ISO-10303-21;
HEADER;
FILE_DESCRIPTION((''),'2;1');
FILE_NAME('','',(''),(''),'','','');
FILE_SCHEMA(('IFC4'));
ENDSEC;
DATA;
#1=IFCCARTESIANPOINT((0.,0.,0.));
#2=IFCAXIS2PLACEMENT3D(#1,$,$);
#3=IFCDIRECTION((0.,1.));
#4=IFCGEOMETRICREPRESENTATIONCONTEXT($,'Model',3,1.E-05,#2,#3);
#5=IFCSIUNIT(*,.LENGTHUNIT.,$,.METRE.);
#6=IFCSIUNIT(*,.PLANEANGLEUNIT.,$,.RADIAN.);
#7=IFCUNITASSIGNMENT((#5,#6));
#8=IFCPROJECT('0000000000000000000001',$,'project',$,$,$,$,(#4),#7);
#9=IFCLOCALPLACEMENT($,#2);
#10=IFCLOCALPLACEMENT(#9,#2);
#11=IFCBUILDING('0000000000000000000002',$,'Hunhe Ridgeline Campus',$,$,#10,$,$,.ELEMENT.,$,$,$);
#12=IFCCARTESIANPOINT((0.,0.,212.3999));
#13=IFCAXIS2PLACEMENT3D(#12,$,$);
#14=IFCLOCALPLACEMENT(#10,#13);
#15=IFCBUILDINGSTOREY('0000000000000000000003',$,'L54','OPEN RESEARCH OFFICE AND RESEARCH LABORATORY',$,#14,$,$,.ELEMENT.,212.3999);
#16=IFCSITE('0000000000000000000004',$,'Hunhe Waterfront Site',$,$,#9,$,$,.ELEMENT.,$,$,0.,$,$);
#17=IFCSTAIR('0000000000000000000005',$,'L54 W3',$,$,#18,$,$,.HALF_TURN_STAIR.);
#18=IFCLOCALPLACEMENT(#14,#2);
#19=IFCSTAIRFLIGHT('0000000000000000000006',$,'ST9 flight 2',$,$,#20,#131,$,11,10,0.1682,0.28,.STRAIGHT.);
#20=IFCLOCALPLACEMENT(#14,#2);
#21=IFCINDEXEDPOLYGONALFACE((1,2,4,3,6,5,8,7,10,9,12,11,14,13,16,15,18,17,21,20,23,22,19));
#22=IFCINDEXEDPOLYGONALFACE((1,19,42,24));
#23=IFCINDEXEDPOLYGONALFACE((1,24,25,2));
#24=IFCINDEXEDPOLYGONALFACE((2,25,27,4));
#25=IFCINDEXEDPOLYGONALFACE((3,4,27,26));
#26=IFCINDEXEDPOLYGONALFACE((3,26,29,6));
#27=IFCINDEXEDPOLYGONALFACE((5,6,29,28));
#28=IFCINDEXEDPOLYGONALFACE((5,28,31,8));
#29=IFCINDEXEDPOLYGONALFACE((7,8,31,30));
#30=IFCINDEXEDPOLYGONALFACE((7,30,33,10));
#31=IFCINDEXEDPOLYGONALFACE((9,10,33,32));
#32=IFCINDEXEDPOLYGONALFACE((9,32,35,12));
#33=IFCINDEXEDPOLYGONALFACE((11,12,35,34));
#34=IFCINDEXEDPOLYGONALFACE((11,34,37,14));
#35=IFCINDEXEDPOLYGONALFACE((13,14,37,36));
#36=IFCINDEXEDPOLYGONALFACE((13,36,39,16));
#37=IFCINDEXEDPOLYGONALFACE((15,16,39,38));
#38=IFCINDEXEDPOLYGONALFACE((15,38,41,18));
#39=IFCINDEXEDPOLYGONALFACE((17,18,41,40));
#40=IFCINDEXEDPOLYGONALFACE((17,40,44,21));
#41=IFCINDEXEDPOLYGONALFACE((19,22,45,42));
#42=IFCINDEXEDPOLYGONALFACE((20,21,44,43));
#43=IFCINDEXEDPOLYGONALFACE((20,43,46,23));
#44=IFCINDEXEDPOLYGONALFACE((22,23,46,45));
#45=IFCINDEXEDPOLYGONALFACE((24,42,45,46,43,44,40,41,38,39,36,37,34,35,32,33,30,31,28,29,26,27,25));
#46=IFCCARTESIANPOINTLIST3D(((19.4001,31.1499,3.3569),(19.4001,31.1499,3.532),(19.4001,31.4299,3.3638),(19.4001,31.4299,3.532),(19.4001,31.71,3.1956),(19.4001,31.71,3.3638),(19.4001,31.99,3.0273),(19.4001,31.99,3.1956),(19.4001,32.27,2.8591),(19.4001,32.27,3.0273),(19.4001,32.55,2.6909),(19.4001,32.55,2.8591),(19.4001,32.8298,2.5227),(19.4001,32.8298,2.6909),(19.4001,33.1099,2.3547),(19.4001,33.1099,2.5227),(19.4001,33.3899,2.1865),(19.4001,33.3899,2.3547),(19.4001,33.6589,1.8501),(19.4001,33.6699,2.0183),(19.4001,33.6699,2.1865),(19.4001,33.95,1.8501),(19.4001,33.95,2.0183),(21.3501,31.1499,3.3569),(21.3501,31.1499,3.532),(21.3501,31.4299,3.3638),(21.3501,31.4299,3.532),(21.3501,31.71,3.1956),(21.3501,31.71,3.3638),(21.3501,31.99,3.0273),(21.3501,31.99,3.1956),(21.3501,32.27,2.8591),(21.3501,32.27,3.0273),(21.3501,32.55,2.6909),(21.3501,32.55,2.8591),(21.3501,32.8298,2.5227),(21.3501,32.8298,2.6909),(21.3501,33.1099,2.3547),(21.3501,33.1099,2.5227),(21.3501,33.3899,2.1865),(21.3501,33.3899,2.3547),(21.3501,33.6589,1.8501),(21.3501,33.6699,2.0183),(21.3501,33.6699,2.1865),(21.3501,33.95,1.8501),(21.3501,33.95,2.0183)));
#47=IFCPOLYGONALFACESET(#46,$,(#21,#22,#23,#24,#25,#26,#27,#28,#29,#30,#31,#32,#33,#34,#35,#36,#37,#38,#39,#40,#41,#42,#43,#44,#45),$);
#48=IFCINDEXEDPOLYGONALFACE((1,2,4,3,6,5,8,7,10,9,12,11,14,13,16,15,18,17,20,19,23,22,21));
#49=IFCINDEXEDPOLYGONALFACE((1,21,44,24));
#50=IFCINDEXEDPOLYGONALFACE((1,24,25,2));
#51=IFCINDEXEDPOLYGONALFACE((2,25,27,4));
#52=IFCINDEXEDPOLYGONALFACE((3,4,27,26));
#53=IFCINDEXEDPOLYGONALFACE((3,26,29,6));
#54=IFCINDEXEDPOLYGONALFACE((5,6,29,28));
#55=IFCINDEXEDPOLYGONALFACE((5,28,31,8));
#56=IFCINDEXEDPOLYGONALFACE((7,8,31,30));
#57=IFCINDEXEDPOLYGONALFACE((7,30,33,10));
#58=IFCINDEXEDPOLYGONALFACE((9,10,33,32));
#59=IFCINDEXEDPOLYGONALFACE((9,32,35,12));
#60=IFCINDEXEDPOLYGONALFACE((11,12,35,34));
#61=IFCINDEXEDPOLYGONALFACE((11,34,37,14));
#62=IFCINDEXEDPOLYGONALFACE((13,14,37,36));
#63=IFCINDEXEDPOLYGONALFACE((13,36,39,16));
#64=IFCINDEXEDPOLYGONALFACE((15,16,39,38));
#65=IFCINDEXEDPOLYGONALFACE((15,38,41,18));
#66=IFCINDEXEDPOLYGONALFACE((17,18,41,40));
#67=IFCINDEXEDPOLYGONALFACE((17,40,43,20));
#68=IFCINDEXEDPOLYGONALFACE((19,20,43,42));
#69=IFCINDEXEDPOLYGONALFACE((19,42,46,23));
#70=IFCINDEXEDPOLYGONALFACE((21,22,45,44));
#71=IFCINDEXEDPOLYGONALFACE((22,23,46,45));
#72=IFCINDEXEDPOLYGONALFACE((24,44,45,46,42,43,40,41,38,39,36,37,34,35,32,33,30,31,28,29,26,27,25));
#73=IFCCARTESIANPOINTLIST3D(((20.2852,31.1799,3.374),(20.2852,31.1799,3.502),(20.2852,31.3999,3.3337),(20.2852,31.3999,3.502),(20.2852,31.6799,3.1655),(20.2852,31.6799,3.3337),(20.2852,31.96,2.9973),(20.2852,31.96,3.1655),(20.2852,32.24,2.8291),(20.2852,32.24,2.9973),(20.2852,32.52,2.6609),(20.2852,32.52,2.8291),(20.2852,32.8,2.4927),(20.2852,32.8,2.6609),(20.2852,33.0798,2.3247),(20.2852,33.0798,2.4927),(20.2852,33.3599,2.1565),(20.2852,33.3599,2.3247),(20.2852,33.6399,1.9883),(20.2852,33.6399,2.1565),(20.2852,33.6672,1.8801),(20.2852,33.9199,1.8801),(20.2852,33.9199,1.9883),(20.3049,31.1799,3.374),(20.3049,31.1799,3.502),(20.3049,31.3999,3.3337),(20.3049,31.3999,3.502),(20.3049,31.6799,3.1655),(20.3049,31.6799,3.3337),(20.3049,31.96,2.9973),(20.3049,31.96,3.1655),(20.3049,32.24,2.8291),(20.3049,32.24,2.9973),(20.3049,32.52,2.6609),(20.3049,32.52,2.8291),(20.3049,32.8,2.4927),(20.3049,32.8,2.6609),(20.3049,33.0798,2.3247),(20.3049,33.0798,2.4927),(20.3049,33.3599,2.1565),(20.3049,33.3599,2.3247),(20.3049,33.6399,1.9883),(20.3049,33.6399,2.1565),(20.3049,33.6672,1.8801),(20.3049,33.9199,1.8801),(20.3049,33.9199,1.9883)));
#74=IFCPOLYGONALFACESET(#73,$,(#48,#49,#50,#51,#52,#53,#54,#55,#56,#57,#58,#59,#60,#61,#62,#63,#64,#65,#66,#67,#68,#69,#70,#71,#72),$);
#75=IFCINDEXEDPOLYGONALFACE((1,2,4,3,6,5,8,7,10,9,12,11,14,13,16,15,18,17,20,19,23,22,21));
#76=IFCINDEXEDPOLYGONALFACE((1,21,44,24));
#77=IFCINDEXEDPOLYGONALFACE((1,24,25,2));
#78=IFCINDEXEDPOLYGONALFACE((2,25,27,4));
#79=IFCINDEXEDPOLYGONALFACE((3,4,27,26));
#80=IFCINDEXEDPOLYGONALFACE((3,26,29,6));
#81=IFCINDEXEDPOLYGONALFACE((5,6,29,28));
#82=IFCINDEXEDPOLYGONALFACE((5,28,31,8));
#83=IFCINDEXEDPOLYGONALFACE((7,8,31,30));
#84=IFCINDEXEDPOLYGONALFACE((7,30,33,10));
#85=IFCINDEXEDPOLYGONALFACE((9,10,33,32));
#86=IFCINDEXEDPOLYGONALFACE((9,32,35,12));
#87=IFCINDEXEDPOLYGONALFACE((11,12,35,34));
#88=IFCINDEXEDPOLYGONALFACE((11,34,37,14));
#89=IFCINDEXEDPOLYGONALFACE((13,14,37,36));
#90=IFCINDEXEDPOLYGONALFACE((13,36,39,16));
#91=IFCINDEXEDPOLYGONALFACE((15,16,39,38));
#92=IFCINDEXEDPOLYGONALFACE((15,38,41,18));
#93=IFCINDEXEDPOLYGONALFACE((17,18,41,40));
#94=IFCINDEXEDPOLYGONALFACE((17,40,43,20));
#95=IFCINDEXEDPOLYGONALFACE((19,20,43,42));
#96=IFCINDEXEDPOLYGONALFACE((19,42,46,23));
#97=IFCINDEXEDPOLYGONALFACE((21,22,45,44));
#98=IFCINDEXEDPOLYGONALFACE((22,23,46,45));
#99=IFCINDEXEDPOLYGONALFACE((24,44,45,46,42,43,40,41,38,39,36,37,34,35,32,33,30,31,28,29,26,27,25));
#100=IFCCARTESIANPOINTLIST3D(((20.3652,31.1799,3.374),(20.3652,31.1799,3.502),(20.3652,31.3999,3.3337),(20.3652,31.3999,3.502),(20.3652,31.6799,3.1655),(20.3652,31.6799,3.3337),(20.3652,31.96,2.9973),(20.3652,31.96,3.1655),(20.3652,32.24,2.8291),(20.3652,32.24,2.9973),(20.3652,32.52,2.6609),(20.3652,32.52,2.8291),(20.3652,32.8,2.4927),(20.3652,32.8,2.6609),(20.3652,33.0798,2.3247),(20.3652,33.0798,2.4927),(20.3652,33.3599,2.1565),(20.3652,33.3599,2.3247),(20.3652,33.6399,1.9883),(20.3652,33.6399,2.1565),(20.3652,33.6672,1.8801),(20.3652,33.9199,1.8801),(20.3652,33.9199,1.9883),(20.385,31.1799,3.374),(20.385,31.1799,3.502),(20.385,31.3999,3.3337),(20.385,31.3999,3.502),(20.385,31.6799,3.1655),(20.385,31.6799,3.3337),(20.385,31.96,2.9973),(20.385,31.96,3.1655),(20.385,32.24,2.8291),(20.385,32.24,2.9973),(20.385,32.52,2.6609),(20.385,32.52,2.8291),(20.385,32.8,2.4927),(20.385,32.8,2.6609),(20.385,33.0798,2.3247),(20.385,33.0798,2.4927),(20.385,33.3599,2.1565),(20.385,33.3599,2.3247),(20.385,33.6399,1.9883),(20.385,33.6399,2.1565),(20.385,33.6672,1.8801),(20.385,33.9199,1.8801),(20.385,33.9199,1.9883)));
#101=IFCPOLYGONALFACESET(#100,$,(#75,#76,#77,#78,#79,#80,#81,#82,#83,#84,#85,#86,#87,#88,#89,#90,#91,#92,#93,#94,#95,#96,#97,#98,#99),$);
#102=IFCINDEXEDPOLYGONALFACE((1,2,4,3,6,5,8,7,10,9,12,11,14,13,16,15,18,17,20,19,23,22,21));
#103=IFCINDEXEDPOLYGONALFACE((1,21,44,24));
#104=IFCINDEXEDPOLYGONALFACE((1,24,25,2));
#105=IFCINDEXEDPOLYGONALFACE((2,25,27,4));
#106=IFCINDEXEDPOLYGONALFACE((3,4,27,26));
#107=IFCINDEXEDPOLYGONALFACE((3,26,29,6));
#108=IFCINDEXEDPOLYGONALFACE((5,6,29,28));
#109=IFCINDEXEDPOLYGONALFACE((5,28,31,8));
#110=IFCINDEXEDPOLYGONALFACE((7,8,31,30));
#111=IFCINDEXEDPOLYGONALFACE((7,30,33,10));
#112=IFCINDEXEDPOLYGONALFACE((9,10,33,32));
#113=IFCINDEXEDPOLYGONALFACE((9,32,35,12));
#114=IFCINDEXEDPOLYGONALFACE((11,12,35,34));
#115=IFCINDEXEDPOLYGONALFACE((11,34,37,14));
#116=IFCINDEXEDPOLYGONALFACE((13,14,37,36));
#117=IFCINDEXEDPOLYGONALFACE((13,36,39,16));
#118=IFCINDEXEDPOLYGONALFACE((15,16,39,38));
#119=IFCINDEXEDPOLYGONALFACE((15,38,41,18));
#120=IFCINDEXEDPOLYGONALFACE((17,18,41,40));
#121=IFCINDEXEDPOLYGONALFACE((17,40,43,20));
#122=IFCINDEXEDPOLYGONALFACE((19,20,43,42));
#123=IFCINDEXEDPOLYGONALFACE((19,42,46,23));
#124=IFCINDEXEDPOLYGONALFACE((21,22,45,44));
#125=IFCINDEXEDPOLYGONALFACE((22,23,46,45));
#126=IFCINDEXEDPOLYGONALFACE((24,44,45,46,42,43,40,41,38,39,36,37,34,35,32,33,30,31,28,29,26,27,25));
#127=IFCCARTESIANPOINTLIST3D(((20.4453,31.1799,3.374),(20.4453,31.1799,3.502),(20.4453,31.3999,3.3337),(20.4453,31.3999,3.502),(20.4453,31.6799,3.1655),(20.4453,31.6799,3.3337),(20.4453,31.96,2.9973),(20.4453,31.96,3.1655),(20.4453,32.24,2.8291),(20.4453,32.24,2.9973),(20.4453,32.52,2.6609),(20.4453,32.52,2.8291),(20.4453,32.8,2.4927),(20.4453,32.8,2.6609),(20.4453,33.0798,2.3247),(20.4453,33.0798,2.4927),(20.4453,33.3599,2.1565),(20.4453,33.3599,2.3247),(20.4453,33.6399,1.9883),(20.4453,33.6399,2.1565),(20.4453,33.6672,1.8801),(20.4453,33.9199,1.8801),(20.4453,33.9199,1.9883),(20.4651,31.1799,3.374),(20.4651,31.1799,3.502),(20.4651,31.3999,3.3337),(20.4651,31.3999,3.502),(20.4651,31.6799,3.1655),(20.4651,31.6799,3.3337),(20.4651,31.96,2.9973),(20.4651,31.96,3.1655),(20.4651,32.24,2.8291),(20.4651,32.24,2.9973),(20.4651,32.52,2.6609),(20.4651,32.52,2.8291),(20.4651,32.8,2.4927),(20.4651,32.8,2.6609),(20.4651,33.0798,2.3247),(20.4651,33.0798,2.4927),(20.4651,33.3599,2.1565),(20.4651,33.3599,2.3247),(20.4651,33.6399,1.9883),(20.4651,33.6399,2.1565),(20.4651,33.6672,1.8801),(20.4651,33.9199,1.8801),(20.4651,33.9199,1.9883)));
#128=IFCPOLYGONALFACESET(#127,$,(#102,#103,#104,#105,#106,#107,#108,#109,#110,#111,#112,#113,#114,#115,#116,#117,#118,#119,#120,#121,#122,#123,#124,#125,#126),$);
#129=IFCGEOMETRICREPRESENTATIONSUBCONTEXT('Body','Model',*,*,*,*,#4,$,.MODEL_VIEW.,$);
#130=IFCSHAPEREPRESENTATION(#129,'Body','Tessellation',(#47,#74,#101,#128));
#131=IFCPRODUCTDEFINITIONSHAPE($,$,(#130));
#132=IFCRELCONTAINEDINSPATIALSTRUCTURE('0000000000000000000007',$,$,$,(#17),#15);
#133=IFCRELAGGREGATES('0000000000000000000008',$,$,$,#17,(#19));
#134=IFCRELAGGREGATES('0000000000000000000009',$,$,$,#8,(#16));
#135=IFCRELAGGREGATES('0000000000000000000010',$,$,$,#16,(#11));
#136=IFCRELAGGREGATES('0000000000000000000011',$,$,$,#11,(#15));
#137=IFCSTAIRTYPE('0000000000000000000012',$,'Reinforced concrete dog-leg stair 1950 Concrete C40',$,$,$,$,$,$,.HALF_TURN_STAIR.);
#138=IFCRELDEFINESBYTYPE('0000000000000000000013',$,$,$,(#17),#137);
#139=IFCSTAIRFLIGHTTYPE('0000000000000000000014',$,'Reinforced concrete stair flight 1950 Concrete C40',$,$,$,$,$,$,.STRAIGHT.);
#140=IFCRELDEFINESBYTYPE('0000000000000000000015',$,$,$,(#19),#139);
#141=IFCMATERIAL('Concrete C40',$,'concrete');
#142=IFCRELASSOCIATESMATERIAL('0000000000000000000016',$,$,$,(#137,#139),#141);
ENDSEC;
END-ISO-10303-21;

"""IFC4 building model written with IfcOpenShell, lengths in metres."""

from ifc_helpers import new_model, si_unit, direction, frame, origin, place, context, subcontext, project, spatial, polyline, outline, extrude, material, type_object, element, aggregate, save


model = new_model("IFC4")

# Units and contexts
model_context = context("Model", 3, precision=1e-05, world=origin(), true_north=direction((0.0, 1.0)))
body_context = subcontext(model_context, "Body", "Model", "MODEL_VIEW")
ifc_project = project(units=[si_unit("LENGTHUNIT", "METRE"), si_unit("PLANEANGLEUNIT", "RADIAN")], contexts=[model_context])

# Site, building, storey
site_placement = place(None, origin())
site = spatial("IfcSite", under=ifc_project, at=site_placement, Name="Hunhe Waterfront Site", CompositionType="ELEMENT", RefElevation=0.0)
building_placement = place(site_placement, origin())
building = spatial("IfcBuilding", under=site, at=building_placement, Name="Hunhe Ridgeline Campus", CompositionType="ELEMENT")
storey_placement = place(building_placement, frame((0.0, 0.0, 212.3999)))
storey = spatial("IfcBuildingStorey", under=building, at=storey_placement, Name="L54", Description="OPEN RESEARCH OFFICE AND RESEARCH LABORATORY", CompositionType="ELEMENT", Elevation=212.3999)

# Stair, stair flight
ifc_material_1 = material(Name="Concrete C40", Category="concrete")
stair_type = type_object("IfcStairType", Name="Reinforced concrete dog-leg stair 1950 Concrete C40", PredefinedType="HALF_TURN_STAIR", material=ifc_material_1)
stair_placement = place(storey_placement, origin())
stair = element("IfcStair", 1, at=stair_placement, inside=storey, type_object=stair_type, Name="L54 W3", PredefinedType="HALF_TURN_STAIR")
stair_flight_type = type_object("IfcStairFlightType", Name="Reinforced concrete stair flight 1950 Concrete C40", PredefinedType="STRAIGHT", material=ifc_material_1)
stair_flight_1_placement = place(storey_placement, frame((20.375, 33.95, 1.8501), z_axis=(0.0, 0.0, 1.0), x_axis=(0.0, -1.0, 0.0)))
stair_flight_1 = element("IfcStairFlight", 2, at=stair_flight_1_placement, type_object=stair_flight_type, Name="ST9 flight 2", NumberOfRisers=11, NumberOfTreads=10, PredefinedType="STRAIGHT", RiserHeight=0.1682, TreadLength=0.28, context=body_context, shape_type="SweptSolid", body=[
    extrude(outline(polyline([(0.0, 0.0), (0.0, 0.1682), (0.28, 0.1682), (0.28, 0.3364), (0.5601, 0.3364), (0.5601, 0.5046), (0.8401, 0.5046), (0.8401, 0.6726), (1.1201, 0.6726), (1.1201, 0.8408), (1.3999, 0.8408), (1.3999, 1.009), (1.6799, 1.009), (1.6799, 1.1772), (1.96, 1.1772), (1.96, 1.3455), (2.24, 1.3455), (2.24, 1.5137), (2.52, 1.5137), (2.52, 1.6819), (2.8, 1.6819), (2.8, 1.8501), (2.8, 1.5068), (0.291, 0.0), (0.0, 0.0)])), frame((0.0, 0.9751, 0.0), z_axis=(0.0, -1.0, 0.0), x_axis=(1.0, 0.0, 0.0)), (0.0, 0.0, 1.0), 1.95),
    extrude(outline(polyline([(0.03, 0.03), (0.03, 0.1382), (0.3101, 0.1382), (0.3101, 0.3064), (0.5901, 0.3064), (0.5901, 0.4746), (0.8701, 0.4746), (0.8701, 0.6426), (1.1499, 0.6426), (1.1499, 0.8108), (1.4299, 0.8108), (1.4299, 0.979), (1.71, 0.979), (1.71, 1.1472), (1.99, 1.1472), (1.99, 1.3154), (2.27, 1.3154), (2.27, 1.4836), (2.55, 1.4836), (2.55, 1.6519), (2.77, 1.6519), (2.77, 1.5239), (0.2827, 0.03), (0.03, 0.03)])), frame((0.0, -0.0701, 0.0), z_axis=(0.0, -1.0, 0.0), x_axis=(1.0, 0.0, 0.0)), (0.0, 0.0, 1.0), 0.0198),
    extrude(outline(polyline([(0.03, 0.03), (0.03, 0.1382), (0.3101, 0.1382), (0.3101, 0.3064), (0.5901, 0.3064), (0.5901, 0.4746), (0.8701, 0.4746), (0.8701, 0.6426), (1.1499, 0.6426), (1.1499, 0.8108), (1.4299, 0.8108), (1.4299, 0.979), (1.71, 0.979), (1.71, 1.1472), (1.99, 1.1472), (1.99, 1.3154), (2.27, 1.3154), (2.27, 1.4836), (2.55, 1.4836), (2.55, 1.6519), (2.77, 1.6519), (2.77, 1.5239), (0.2827, 0.03), (0.03, 0.03)])), frame((0.0, 0.01, 0.0), z_axis=(0.0, -1.0, 0.0), x_axis=(1.0, 0.0, 0.0)), (0.0, 0.0, 1.0), 0.0198),
    extrude(outline(polyline([(0.03, 0.03), (0.03, 0.1382), (0.3101, 0.1382), (0.3101, 0.3064), (0.5901, 0.3064), (0.5901, 0.4746), (0.8701, 0.4746), (0.8701, 0.6426), (1.1499, 0.6426), (1.1499, 0.8108), (1.4299, 0.8108), (1.4299, 0.979), (1.71, 0.979), (1.71, 1.1472), (1.99, 1.1472), (1.99, 1.3154), (2.27, 1.3154), (2.27, 1.4836), (2.55, 1.4836), (2.55, 1.6519), (2.77, 1.6519), (2.77, 1.5239), (0.2827, 0.03), (0.03, 0.03)])), frame((0.0, 0.0901, 0.0), z_axis=(0.0, -1.0, 0.0), x_axis=(1.0, 0.0, 0.0)), (0.0, 0.0, 1.0), 0.0198),
])
aggregate(stair, [stair_flight_1])

save(model, "model.ifc")
